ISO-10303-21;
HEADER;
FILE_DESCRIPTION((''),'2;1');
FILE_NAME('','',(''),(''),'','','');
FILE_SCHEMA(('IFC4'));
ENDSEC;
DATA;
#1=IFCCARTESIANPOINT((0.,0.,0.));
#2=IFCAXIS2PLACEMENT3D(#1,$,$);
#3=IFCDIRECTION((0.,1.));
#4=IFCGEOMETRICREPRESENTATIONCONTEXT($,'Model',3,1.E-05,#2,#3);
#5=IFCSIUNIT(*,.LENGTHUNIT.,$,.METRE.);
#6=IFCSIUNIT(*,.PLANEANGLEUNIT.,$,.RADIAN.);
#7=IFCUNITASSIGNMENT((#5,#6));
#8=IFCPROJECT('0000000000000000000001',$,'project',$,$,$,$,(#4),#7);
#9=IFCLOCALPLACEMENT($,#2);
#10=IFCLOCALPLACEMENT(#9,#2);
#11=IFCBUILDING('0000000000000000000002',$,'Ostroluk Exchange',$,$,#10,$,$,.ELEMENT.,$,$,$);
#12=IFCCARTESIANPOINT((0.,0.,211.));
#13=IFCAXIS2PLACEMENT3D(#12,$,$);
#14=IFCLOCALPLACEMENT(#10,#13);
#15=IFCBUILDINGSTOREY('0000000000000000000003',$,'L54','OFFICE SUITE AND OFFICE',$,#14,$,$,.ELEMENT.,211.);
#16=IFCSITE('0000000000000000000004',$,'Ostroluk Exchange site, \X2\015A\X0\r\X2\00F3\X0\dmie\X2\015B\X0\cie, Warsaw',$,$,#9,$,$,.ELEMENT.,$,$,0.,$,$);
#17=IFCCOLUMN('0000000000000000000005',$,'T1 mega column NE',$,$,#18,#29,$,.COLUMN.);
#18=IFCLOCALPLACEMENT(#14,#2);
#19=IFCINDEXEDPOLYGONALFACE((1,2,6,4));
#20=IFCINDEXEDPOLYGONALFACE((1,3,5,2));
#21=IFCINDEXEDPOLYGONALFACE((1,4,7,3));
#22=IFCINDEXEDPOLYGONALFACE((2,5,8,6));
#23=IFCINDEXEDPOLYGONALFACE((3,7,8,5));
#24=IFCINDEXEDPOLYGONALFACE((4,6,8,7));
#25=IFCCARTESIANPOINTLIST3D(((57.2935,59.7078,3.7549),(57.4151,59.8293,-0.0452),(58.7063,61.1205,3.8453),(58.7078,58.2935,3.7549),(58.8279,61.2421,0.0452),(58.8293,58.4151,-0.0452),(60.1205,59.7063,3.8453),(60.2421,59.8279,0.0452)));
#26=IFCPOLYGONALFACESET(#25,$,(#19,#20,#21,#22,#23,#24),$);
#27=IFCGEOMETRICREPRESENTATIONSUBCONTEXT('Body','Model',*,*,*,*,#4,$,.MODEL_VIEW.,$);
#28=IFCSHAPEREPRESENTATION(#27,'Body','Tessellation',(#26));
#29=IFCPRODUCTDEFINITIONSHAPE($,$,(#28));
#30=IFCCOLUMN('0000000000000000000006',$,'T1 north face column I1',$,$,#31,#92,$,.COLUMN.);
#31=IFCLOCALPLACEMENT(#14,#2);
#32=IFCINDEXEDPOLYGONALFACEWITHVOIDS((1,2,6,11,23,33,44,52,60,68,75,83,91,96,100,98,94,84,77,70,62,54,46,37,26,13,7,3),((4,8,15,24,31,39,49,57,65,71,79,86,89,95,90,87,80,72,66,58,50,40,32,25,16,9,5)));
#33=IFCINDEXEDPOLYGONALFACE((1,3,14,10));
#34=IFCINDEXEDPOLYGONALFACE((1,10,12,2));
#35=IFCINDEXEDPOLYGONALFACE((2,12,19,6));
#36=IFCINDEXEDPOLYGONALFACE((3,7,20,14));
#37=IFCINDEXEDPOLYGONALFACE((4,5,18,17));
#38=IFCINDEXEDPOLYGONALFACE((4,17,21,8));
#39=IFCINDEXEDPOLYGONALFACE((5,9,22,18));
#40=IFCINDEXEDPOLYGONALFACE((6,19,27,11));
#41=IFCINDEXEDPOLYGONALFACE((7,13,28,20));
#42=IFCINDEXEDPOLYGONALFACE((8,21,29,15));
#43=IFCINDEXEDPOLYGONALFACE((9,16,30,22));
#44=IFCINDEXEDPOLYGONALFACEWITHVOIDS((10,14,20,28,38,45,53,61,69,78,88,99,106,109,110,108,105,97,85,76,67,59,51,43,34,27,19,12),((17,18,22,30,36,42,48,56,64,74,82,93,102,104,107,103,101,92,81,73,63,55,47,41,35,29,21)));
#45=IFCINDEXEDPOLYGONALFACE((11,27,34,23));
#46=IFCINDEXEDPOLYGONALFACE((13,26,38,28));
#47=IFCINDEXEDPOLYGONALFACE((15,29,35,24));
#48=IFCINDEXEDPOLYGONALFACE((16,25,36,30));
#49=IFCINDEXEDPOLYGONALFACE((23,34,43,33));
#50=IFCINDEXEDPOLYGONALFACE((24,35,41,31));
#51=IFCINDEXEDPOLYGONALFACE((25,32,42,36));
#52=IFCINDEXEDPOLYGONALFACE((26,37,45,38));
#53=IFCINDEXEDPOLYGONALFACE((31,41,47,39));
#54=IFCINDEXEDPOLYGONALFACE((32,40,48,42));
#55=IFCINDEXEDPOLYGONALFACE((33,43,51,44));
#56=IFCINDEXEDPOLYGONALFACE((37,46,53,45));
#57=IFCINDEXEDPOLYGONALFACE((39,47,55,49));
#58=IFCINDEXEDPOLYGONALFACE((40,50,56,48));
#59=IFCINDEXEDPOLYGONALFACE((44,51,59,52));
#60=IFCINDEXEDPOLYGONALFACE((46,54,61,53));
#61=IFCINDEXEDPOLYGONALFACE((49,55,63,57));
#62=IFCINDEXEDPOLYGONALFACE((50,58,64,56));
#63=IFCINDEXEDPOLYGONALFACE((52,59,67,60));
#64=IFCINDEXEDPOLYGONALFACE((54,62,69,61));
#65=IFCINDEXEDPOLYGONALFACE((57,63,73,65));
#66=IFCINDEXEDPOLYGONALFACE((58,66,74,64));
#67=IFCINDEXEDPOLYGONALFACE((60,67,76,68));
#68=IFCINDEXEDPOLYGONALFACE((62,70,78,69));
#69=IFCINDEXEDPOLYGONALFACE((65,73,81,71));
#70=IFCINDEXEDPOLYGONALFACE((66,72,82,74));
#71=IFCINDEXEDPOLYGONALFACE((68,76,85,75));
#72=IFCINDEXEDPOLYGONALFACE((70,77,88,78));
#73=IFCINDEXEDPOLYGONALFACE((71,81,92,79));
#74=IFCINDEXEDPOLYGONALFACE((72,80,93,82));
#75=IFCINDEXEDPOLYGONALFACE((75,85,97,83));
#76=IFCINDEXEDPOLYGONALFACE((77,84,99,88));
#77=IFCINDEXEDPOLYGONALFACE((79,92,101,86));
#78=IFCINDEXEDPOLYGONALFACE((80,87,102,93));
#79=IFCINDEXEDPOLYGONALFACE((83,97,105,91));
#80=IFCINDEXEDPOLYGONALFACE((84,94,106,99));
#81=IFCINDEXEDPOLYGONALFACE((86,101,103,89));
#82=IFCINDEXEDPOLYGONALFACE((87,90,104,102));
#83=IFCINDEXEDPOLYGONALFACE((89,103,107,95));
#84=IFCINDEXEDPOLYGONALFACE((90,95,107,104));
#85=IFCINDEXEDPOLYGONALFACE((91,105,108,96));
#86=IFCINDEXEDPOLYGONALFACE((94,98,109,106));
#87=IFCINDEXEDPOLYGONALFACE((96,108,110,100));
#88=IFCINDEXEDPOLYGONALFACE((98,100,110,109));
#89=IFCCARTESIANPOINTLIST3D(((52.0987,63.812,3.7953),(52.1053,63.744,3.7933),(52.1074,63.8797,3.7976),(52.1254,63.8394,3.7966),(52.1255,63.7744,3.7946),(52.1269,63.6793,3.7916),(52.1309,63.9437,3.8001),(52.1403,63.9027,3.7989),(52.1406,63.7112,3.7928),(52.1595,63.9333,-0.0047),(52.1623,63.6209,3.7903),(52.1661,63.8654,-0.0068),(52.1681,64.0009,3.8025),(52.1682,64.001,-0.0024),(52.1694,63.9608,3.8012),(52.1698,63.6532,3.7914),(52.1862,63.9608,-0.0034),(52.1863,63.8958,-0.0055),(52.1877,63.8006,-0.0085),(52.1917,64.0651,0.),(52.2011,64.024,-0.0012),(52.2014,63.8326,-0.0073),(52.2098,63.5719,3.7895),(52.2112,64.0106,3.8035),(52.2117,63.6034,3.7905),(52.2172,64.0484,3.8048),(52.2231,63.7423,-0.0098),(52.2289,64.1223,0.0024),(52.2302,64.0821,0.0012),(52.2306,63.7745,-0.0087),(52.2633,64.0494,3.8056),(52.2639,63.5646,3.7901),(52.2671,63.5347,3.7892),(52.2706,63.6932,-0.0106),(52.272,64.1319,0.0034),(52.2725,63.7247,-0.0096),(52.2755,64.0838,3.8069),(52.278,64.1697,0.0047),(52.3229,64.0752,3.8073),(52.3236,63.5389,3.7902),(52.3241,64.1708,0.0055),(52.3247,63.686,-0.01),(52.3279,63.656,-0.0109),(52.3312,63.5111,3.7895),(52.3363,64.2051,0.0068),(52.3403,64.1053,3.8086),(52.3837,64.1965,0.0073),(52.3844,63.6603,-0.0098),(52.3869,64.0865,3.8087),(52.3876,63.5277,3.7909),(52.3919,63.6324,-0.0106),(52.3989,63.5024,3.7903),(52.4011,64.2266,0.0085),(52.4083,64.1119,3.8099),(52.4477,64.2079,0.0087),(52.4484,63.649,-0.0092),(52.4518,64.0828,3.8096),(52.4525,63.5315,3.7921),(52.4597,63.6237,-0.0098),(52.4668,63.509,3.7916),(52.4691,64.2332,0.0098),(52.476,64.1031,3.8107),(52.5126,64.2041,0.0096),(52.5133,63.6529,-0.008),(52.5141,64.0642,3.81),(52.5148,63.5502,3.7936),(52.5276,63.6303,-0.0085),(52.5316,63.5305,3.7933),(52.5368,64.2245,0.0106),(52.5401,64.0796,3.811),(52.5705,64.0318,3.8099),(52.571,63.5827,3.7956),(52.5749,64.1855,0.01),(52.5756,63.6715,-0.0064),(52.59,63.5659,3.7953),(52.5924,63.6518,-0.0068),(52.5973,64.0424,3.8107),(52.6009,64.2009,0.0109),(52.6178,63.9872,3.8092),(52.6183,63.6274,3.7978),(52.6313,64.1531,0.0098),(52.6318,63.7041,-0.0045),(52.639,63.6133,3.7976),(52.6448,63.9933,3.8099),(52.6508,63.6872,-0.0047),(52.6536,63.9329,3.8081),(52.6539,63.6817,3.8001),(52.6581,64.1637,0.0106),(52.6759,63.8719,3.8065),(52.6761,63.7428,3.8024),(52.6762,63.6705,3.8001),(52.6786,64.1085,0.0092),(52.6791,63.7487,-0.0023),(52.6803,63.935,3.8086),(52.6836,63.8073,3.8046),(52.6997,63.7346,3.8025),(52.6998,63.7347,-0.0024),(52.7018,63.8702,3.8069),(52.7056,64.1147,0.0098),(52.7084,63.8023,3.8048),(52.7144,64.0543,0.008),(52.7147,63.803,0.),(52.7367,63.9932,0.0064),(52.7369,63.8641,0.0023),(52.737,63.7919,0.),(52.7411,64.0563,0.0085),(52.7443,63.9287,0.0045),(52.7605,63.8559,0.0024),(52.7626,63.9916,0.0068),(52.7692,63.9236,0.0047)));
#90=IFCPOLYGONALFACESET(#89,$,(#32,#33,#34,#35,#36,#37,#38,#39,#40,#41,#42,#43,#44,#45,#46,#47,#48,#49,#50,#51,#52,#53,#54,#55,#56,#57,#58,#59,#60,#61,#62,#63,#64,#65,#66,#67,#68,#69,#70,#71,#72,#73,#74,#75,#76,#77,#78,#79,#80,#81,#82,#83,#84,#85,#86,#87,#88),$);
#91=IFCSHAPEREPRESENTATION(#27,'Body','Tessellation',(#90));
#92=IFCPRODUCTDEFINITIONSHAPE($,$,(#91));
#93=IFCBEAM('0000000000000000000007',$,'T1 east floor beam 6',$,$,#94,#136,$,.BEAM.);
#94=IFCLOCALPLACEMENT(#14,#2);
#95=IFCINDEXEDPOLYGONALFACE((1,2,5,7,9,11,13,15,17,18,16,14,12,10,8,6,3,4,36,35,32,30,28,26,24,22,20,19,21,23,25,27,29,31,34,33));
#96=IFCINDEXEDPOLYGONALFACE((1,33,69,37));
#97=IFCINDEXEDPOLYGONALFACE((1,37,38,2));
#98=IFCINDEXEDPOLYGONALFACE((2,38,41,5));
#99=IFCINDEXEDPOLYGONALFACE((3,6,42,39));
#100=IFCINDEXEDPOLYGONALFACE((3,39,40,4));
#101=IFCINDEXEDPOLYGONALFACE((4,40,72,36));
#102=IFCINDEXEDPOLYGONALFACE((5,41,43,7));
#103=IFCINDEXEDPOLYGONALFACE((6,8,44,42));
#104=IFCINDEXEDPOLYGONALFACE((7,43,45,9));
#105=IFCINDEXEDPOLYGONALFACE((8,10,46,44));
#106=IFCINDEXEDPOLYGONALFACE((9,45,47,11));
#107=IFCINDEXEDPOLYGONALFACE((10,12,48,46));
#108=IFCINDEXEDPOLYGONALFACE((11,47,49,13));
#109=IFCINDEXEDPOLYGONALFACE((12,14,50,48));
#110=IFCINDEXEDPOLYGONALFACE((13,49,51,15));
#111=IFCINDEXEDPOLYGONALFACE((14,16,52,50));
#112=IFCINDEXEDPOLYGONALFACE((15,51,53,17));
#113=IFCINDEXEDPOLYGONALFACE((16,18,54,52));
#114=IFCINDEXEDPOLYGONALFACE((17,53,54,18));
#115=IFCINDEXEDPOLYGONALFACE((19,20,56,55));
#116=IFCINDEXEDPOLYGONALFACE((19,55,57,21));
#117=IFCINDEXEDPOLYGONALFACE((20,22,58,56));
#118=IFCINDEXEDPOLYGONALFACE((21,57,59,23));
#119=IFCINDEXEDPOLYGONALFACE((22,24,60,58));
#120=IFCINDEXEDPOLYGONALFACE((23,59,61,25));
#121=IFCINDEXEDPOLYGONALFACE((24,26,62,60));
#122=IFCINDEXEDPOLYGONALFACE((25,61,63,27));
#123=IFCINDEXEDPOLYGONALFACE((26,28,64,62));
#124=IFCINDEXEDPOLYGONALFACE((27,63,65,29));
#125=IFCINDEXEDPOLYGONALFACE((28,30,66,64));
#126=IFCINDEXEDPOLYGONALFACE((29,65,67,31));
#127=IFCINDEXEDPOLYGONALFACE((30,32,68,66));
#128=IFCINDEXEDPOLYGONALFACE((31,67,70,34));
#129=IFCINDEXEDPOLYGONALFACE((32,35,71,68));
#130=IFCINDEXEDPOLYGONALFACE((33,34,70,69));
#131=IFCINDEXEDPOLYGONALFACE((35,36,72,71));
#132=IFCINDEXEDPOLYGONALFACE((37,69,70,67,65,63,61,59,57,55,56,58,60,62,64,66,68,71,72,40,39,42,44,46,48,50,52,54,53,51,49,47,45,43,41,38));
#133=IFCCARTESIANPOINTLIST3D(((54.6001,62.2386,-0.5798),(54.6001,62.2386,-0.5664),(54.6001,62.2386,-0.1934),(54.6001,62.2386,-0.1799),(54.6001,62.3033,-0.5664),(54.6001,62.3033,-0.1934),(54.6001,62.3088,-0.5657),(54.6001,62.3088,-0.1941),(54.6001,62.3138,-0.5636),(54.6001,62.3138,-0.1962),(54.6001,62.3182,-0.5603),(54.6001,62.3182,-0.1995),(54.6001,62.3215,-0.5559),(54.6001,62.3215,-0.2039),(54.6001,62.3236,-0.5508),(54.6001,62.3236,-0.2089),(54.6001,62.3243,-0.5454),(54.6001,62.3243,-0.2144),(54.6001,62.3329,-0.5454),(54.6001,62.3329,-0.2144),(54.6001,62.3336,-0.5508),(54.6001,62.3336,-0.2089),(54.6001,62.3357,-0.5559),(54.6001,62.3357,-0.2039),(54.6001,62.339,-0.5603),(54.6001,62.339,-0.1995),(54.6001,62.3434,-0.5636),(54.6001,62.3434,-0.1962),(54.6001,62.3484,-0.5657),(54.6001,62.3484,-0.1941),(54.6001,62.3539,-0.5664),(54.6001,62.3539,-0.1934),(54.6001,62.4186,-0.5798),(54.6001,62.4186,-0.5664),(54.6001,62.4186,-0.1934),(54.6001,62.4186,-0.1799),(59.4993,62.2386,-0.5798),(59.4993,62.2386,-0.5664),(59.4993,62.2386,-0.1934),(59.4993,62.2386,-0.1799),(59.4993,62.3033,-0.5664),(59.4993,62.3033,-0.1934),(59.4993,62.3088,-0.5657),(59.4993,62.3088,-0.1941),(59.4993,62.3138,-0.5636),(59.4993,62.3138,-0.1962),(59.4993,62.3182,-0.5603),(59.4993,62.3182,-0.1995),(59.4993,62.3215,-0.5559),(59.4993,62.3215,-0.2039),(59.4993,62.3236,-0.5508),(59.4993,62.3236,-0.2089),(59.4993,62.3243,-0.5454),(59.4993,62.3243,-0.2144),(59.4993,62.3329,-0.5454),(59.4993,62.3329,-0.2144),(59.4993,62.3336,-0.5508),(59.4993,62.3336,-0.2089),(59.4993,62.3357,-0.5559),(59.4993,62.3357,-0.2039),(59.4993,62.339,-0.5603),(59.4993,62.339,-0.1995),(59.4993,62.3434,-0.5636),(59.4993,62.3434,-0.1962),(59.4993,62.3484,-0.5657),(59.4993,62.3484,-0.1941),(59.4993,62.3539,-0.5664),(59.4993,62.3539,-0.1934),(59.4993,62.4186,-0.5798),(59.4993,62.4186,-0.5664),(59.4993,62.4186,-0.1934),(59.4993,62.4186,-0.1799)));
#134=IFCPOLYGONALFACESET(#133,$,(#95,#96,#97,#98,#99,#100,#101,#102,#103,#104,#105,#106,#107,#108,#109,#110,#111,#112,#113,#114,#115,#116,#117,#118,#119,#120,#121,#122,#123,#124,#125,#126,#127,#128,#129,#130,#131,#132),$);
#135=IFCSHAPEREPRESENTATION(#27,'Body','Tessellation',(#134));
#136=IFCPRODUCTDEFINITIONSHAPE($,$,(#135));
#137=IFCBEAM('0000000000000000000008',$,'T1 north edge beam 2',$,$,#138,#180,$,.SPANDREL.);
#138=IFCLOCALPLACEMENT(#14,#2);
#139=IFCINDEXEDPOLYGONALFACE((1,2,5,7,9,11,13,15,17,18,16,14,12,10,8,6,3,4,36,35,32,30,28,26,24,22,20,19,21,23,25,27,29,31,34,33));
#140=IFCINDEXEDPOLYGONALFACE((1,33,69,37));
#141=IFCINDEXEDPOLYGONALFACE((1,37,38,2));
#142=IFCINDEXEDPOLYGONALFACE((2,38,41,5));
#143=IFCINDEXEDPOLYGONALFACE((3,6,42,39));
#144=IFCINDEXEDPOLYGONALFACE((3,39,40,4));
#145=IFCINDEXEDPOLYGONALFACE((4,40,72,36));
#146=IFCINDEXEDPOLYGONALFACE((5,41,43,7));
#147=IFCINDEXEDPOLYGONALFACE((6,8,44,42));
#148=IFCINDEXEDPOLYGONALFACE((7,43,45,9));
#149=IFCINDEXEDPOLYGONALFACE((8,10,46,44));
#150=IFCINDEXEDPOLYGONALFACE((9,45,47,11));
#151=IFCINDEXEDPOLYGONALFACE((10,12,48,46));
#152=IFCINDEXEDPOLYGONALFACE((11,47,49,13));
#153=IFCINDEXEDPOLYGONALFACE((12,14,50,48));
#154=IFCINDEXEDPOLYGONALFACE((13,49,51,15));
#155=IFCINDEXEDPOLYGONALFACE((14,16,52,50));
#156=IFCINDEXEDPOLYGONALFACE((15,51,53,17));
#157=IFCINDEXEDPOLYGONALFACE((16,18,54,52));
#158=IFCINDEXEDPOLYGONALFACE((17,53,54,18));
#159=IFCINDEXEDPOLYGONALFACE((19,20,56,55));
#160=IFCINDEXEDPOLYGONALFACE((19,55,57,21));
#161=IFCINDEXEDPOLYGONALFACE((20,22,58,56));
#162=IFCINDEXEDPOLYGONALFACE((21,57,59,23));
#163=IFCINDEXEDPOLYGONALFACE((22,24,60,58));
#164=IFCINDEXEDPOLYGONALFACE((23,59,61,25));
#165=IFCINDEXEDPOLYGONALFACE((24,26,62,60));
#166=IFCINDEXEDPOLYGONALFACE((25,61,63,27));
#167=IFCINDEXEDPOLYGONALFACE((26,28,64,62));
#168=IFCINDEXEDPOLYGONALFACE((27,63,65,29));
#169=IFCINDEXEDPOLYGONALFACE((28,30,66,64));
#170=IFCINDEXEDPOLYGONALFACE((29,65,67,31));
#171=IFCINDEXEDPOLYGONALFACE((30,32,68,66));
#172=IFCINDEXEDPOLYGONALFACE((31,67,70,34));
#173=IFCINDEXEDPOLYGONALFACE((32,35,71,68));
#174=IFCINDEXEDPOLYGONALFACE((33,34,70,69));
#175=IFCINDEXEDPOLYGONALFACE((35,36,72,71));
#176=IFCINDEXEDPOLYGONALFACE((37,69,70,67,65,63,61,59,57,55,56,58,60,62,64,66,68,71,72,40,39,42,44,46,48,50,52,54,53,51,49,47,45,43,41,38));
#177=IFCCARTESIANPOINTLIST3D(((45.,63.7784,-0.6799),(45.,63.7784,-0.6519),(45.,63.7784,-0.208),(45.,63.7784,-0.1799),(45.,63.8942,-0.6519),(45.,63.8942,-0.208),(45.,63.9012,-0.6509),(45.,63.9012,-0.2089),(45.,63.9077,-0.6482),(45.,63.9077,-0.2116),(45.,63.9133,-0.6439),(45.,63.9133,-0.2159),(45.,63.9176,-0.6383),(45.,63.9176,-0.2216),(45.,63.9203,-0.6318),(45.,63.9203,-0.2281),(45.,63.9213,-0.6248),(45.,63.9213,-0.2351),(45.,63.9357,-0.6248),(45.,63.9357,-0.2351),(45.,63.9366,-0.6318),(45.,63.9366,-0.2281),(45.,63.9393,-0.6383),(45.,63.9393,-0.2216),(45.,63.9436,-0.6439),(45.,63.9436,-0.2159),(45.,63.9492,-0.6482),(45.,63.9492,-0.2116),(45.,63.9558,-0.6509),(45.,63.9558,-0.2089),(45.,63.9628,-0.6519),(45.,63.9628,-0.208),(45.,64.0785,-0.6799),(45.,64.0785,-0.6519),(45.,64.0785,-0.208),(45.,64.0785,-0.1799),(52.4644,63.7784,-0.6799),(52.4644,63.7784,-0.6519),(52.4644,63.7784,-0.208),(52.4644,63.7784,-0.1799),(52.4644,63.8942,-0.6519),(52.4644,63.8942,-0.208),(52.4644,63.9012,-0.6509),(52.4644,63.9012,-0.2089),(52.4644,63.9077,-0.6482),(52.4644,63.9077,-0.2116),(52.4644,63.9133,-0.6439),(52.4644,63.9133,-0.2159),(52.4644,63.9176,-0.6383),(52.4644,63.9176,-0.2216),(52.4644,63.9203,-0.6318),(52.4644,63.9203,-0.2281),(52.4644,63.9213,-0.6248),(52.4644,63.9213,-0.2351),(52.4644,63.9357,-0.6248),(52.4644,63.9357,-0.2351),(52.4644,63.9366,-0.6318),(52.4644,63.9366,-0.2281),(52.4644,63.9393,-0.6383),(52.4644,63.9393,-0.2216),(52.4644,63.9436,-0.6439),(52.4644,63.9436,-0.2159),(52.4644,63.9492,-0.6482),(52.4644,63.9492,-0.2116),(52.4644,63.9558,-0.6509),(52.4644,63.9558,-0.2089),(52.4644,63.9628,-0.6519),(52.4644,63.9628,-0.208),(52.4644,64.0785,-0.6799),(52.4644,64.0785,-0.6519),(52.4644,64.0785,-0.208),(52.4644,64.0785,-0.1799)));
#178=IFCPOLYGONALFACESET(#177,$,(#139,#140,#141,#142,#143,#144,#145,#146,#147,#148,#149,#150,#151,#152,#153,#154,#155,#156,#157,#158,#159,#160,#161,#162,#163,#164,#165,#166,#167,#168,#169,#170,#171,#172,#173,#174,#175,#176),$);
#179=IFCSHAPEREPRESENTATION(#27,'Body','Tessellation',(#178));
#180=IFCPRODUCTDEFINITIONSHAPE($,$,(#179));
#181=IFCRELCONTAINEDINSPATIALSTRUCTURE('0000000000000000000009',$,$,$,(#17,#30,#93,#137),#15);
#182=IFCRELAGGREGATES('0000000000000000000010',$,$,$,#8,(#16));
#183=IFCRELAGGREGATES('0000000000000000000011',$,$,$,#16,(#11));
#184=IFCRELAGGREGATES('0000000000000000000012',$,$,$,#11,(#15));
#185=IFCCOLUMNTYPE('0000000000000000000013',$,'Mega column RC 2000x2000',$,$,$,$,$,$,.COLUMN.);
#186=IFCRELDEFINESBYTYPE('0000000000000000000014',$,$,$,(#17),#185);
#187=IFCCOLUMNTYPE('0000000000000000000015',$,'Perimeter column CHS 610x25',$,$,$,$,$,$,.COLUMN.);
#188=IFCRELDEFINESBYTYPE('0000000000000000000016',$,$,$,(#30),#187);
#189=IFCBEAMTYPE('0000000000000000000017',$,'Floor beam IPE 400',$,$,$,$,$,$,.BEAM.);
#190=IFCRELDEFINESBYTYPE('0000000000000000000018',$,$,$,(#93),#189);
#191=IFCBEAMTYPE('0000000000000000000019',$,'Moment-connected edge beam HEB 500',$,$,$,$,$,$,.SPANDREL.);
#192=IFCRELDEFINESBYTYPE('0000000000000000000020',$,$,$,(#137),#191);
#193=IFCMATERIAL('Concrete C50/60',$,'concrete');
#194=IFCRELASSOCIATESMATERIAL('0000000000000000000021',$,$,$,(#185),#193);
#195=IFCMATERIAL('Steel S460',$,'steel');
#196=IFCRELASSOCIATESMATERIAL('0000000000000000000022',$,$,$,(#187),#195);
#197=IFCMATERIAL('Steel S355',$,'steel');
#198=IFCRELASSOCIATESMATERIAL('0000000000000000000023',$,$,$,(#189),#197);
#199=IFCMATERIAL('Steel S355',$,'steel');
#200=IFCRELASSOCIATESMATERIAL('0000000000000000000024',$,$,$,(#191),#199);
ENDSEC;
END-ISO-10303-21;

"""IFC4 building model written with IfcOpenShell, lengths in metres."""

from ifc_helpers import new_model, si_unit, direction, frame, origin, origin_2d, place, context, subcontext, project, spatial, rectangle, hollow_circle, i_section, extrude, material, material_profile, profile_set, type_object, element, save


model = new_model("IFC4")

# Units and contexts
model_context = context("Model", 3, precision=1e-05, world=origin(), true_north=direction((0.0, 1.0)))
body_context = subcontext(model_context, "Body", "Model", "MODEL_VIEW")
ifc_project = project(units=[si_unit("LENGTHUNIT", "METRE"), si_unit("PLANEANGLEUNIT", "RADIAN")], contexts=[model_context])

# Site, building, storey
site_placement = place(None, origin())
site = spatial("IfcSite", under=ifc_project, at=site_placement, Name="Ostroluk Exchange site, Śródmieście, Warsaw", CompositionType="ELEMENT", RefElevation=0.0)
building_placement = place(site_placement, origin())
building = spatial("IfcBuilding", under=site, at=building_placement, Name="Ostroluk Exchange", CompositionType="ELEMENT")
storey_placement = place(building_placement, frame((0.0, 0.0, 211.0)))
storey = spatial("IfcBuildingStorey", under=building, at=storey_placement, Name="L54", Description="OFFICE SUITE AND OFFICE", CompositionType="ELEMENT", Elevation=211.0)

# Columns
ifc_material_1 = material(Name="Concrete C50/60", Category="concrete")
ifc_material_profile_1 = material_profile(ifc_material_1, rectangle(XDim=2.0, YDim=2.0, at=origin_2d()), Name="RC 2000x2000")
ifc_profile_set_1 = profile_set([ifc_material_profile_1], Name="Concrete C50/60")
column_type_1 = type_object("IfcColumnType", Name="Mega column RC 2000x2000", PredefinedType="COLUMN", material=ifc_profile_set_1)
column_1_placement = place(storey_placement, frame((58.8286, 59.8286, 0.0), z_axis=(-0.031962, -0.031962, 0.998978), x_axis=(0.707107, -0.707107, 0.0)))
element("IfcColumn", 1, at=column_1_placement, inside=storey, type_object=column_type_1, Name="T1 mega column NE", PredefinedType="COLUMN", context=body_context, shape_type="SweptSolid", body=[
    extrude(rectangle(XDim=2.0, YDim=2.0, at=origin_2d()), origin(), (0.0, 0.0, 1.0), 3.804),
])
ifc_material_2 = material(Name="Steel S460", Category="steel")
ifc_material_profile_2 = material_profile(ifc_material_2, hollow_circle(Radius=0.3049, WallThickness=0.0249, at=origin_2d()), Name="CHS 610x25")
ifc_profile_set_2 = profile_set([ifc_material_profile_2], Name="Steel S460")
column_type_2 = type_object("IfcColumnType", Name="Perimeter column CHS 610x25", PredefinedType="COLUMN", material=ifc_profile_set_2)
column_2_placement = place(storey_placement, frame((52.4644, 63.9285, 0.0), z_axis=(-0.015987, -0.03191, 0.999363), x_axis=(0.894067, -0.447933, 0.0)))
element("IfcColumn", 2, at=column_2_placement, inside=storey, type_object=column_type_2, Name="T1 north face column I1", PredefinedType="COLUMN", context=body_context, shape_type="SweptSolid", body=[
    extrude(hollow_circle(Radius=0.3049, WallThickness=0.0249, at=origin_2d()), origin(), (0.0, 0.0, 1.0), 3.8025),
])

# Beams
ifc_material_3 = material(Name="Steel S355", Category="steel")
ifc_material_profile_3 = material_profile(ifc_material_3, i_section(OverallWidth=0.1799, OverallDepth=0.3999, WebThickness=0.0085, FlangeThickness=0.0134, FilletRadius=0.021, at=origin_2d()), Name="IPE 400")
ifc_profile_set_3 = profile_set([ifc_material_profile_3], Name="Steel S355")
beam_type_1 = type_object("IfcBeamType", Name="Floor beam IPE 400", PredefinedType="BEAM", material=ifc_profile_set_3)
beam_1_placement = place(storey_placement, frame((54.6001, 62.3286, -0.3799), z_axis=(1.0, 0.0, 0.0), x_axis=(0.0, 1.0, 0.0)))
element("IfcBeam", 3, at=beam_1_placement, inside=storey, type_object=beam_type_1, Name="T1 east floor beam 6", PredefinedType="BEAM", context=body_context, shape_type="SweptSolid", body=[
    extrude(i_section(OverallWidth=0.1799, OverallDepth=0.3999, WebThickness=0.0085, FlangeThickness=0.0134, FilletRadius=0.021, at=origin_2d()), origin(), (0.0, 0.0, 1.0), 4.8992),
])
ifc_material_4 = material(Name="Steel S355", Category="steel")
ifc_material_profile_4 = material_profile(ifc_material_4, i_section(OverallWidth=0.3, OverallDepth=0.5, WebThickness=0.0144, FlangeThickness=0.0281, FilletRadius=0.0271, at=origin_2d()), Name="HEB 500")
ifc_profile_set_4 = profile_set([ifc_material_profile_4], Name="Steel S355")
beam_type_2 = type_object("IfcBeamType", Name="Moment-connected edge beam HEB 500", PredefinedType="SPANDREL", material=ifc_profile_set_4)
beam_2_placement = place(storey_placement, frame((52.4644, 63.9285, -0.4299), z_axis=(-1.0, 0.0, 0.0), x_axis=(0.0, -1.0, 0.0)))
element("IfcBeam", 4, at=beam_2_placement, inside=storey, type_object=beam_type_2, Name="T1 north edge beam 2", PredefinedType="SPANDREL", context=body_context, shape_type="SweptSolid", body=[
    extrude(i_section(OverallWidth=0.3, OverallDepth=0.5, WebThickness=0.0144, FlangeThickness=0.0281, FilletRadius=0.0271, at=origin_2d()), origin(), (0.0, 0.0, 1.0), 7.4644),
])

save(model, "model.ifc")
